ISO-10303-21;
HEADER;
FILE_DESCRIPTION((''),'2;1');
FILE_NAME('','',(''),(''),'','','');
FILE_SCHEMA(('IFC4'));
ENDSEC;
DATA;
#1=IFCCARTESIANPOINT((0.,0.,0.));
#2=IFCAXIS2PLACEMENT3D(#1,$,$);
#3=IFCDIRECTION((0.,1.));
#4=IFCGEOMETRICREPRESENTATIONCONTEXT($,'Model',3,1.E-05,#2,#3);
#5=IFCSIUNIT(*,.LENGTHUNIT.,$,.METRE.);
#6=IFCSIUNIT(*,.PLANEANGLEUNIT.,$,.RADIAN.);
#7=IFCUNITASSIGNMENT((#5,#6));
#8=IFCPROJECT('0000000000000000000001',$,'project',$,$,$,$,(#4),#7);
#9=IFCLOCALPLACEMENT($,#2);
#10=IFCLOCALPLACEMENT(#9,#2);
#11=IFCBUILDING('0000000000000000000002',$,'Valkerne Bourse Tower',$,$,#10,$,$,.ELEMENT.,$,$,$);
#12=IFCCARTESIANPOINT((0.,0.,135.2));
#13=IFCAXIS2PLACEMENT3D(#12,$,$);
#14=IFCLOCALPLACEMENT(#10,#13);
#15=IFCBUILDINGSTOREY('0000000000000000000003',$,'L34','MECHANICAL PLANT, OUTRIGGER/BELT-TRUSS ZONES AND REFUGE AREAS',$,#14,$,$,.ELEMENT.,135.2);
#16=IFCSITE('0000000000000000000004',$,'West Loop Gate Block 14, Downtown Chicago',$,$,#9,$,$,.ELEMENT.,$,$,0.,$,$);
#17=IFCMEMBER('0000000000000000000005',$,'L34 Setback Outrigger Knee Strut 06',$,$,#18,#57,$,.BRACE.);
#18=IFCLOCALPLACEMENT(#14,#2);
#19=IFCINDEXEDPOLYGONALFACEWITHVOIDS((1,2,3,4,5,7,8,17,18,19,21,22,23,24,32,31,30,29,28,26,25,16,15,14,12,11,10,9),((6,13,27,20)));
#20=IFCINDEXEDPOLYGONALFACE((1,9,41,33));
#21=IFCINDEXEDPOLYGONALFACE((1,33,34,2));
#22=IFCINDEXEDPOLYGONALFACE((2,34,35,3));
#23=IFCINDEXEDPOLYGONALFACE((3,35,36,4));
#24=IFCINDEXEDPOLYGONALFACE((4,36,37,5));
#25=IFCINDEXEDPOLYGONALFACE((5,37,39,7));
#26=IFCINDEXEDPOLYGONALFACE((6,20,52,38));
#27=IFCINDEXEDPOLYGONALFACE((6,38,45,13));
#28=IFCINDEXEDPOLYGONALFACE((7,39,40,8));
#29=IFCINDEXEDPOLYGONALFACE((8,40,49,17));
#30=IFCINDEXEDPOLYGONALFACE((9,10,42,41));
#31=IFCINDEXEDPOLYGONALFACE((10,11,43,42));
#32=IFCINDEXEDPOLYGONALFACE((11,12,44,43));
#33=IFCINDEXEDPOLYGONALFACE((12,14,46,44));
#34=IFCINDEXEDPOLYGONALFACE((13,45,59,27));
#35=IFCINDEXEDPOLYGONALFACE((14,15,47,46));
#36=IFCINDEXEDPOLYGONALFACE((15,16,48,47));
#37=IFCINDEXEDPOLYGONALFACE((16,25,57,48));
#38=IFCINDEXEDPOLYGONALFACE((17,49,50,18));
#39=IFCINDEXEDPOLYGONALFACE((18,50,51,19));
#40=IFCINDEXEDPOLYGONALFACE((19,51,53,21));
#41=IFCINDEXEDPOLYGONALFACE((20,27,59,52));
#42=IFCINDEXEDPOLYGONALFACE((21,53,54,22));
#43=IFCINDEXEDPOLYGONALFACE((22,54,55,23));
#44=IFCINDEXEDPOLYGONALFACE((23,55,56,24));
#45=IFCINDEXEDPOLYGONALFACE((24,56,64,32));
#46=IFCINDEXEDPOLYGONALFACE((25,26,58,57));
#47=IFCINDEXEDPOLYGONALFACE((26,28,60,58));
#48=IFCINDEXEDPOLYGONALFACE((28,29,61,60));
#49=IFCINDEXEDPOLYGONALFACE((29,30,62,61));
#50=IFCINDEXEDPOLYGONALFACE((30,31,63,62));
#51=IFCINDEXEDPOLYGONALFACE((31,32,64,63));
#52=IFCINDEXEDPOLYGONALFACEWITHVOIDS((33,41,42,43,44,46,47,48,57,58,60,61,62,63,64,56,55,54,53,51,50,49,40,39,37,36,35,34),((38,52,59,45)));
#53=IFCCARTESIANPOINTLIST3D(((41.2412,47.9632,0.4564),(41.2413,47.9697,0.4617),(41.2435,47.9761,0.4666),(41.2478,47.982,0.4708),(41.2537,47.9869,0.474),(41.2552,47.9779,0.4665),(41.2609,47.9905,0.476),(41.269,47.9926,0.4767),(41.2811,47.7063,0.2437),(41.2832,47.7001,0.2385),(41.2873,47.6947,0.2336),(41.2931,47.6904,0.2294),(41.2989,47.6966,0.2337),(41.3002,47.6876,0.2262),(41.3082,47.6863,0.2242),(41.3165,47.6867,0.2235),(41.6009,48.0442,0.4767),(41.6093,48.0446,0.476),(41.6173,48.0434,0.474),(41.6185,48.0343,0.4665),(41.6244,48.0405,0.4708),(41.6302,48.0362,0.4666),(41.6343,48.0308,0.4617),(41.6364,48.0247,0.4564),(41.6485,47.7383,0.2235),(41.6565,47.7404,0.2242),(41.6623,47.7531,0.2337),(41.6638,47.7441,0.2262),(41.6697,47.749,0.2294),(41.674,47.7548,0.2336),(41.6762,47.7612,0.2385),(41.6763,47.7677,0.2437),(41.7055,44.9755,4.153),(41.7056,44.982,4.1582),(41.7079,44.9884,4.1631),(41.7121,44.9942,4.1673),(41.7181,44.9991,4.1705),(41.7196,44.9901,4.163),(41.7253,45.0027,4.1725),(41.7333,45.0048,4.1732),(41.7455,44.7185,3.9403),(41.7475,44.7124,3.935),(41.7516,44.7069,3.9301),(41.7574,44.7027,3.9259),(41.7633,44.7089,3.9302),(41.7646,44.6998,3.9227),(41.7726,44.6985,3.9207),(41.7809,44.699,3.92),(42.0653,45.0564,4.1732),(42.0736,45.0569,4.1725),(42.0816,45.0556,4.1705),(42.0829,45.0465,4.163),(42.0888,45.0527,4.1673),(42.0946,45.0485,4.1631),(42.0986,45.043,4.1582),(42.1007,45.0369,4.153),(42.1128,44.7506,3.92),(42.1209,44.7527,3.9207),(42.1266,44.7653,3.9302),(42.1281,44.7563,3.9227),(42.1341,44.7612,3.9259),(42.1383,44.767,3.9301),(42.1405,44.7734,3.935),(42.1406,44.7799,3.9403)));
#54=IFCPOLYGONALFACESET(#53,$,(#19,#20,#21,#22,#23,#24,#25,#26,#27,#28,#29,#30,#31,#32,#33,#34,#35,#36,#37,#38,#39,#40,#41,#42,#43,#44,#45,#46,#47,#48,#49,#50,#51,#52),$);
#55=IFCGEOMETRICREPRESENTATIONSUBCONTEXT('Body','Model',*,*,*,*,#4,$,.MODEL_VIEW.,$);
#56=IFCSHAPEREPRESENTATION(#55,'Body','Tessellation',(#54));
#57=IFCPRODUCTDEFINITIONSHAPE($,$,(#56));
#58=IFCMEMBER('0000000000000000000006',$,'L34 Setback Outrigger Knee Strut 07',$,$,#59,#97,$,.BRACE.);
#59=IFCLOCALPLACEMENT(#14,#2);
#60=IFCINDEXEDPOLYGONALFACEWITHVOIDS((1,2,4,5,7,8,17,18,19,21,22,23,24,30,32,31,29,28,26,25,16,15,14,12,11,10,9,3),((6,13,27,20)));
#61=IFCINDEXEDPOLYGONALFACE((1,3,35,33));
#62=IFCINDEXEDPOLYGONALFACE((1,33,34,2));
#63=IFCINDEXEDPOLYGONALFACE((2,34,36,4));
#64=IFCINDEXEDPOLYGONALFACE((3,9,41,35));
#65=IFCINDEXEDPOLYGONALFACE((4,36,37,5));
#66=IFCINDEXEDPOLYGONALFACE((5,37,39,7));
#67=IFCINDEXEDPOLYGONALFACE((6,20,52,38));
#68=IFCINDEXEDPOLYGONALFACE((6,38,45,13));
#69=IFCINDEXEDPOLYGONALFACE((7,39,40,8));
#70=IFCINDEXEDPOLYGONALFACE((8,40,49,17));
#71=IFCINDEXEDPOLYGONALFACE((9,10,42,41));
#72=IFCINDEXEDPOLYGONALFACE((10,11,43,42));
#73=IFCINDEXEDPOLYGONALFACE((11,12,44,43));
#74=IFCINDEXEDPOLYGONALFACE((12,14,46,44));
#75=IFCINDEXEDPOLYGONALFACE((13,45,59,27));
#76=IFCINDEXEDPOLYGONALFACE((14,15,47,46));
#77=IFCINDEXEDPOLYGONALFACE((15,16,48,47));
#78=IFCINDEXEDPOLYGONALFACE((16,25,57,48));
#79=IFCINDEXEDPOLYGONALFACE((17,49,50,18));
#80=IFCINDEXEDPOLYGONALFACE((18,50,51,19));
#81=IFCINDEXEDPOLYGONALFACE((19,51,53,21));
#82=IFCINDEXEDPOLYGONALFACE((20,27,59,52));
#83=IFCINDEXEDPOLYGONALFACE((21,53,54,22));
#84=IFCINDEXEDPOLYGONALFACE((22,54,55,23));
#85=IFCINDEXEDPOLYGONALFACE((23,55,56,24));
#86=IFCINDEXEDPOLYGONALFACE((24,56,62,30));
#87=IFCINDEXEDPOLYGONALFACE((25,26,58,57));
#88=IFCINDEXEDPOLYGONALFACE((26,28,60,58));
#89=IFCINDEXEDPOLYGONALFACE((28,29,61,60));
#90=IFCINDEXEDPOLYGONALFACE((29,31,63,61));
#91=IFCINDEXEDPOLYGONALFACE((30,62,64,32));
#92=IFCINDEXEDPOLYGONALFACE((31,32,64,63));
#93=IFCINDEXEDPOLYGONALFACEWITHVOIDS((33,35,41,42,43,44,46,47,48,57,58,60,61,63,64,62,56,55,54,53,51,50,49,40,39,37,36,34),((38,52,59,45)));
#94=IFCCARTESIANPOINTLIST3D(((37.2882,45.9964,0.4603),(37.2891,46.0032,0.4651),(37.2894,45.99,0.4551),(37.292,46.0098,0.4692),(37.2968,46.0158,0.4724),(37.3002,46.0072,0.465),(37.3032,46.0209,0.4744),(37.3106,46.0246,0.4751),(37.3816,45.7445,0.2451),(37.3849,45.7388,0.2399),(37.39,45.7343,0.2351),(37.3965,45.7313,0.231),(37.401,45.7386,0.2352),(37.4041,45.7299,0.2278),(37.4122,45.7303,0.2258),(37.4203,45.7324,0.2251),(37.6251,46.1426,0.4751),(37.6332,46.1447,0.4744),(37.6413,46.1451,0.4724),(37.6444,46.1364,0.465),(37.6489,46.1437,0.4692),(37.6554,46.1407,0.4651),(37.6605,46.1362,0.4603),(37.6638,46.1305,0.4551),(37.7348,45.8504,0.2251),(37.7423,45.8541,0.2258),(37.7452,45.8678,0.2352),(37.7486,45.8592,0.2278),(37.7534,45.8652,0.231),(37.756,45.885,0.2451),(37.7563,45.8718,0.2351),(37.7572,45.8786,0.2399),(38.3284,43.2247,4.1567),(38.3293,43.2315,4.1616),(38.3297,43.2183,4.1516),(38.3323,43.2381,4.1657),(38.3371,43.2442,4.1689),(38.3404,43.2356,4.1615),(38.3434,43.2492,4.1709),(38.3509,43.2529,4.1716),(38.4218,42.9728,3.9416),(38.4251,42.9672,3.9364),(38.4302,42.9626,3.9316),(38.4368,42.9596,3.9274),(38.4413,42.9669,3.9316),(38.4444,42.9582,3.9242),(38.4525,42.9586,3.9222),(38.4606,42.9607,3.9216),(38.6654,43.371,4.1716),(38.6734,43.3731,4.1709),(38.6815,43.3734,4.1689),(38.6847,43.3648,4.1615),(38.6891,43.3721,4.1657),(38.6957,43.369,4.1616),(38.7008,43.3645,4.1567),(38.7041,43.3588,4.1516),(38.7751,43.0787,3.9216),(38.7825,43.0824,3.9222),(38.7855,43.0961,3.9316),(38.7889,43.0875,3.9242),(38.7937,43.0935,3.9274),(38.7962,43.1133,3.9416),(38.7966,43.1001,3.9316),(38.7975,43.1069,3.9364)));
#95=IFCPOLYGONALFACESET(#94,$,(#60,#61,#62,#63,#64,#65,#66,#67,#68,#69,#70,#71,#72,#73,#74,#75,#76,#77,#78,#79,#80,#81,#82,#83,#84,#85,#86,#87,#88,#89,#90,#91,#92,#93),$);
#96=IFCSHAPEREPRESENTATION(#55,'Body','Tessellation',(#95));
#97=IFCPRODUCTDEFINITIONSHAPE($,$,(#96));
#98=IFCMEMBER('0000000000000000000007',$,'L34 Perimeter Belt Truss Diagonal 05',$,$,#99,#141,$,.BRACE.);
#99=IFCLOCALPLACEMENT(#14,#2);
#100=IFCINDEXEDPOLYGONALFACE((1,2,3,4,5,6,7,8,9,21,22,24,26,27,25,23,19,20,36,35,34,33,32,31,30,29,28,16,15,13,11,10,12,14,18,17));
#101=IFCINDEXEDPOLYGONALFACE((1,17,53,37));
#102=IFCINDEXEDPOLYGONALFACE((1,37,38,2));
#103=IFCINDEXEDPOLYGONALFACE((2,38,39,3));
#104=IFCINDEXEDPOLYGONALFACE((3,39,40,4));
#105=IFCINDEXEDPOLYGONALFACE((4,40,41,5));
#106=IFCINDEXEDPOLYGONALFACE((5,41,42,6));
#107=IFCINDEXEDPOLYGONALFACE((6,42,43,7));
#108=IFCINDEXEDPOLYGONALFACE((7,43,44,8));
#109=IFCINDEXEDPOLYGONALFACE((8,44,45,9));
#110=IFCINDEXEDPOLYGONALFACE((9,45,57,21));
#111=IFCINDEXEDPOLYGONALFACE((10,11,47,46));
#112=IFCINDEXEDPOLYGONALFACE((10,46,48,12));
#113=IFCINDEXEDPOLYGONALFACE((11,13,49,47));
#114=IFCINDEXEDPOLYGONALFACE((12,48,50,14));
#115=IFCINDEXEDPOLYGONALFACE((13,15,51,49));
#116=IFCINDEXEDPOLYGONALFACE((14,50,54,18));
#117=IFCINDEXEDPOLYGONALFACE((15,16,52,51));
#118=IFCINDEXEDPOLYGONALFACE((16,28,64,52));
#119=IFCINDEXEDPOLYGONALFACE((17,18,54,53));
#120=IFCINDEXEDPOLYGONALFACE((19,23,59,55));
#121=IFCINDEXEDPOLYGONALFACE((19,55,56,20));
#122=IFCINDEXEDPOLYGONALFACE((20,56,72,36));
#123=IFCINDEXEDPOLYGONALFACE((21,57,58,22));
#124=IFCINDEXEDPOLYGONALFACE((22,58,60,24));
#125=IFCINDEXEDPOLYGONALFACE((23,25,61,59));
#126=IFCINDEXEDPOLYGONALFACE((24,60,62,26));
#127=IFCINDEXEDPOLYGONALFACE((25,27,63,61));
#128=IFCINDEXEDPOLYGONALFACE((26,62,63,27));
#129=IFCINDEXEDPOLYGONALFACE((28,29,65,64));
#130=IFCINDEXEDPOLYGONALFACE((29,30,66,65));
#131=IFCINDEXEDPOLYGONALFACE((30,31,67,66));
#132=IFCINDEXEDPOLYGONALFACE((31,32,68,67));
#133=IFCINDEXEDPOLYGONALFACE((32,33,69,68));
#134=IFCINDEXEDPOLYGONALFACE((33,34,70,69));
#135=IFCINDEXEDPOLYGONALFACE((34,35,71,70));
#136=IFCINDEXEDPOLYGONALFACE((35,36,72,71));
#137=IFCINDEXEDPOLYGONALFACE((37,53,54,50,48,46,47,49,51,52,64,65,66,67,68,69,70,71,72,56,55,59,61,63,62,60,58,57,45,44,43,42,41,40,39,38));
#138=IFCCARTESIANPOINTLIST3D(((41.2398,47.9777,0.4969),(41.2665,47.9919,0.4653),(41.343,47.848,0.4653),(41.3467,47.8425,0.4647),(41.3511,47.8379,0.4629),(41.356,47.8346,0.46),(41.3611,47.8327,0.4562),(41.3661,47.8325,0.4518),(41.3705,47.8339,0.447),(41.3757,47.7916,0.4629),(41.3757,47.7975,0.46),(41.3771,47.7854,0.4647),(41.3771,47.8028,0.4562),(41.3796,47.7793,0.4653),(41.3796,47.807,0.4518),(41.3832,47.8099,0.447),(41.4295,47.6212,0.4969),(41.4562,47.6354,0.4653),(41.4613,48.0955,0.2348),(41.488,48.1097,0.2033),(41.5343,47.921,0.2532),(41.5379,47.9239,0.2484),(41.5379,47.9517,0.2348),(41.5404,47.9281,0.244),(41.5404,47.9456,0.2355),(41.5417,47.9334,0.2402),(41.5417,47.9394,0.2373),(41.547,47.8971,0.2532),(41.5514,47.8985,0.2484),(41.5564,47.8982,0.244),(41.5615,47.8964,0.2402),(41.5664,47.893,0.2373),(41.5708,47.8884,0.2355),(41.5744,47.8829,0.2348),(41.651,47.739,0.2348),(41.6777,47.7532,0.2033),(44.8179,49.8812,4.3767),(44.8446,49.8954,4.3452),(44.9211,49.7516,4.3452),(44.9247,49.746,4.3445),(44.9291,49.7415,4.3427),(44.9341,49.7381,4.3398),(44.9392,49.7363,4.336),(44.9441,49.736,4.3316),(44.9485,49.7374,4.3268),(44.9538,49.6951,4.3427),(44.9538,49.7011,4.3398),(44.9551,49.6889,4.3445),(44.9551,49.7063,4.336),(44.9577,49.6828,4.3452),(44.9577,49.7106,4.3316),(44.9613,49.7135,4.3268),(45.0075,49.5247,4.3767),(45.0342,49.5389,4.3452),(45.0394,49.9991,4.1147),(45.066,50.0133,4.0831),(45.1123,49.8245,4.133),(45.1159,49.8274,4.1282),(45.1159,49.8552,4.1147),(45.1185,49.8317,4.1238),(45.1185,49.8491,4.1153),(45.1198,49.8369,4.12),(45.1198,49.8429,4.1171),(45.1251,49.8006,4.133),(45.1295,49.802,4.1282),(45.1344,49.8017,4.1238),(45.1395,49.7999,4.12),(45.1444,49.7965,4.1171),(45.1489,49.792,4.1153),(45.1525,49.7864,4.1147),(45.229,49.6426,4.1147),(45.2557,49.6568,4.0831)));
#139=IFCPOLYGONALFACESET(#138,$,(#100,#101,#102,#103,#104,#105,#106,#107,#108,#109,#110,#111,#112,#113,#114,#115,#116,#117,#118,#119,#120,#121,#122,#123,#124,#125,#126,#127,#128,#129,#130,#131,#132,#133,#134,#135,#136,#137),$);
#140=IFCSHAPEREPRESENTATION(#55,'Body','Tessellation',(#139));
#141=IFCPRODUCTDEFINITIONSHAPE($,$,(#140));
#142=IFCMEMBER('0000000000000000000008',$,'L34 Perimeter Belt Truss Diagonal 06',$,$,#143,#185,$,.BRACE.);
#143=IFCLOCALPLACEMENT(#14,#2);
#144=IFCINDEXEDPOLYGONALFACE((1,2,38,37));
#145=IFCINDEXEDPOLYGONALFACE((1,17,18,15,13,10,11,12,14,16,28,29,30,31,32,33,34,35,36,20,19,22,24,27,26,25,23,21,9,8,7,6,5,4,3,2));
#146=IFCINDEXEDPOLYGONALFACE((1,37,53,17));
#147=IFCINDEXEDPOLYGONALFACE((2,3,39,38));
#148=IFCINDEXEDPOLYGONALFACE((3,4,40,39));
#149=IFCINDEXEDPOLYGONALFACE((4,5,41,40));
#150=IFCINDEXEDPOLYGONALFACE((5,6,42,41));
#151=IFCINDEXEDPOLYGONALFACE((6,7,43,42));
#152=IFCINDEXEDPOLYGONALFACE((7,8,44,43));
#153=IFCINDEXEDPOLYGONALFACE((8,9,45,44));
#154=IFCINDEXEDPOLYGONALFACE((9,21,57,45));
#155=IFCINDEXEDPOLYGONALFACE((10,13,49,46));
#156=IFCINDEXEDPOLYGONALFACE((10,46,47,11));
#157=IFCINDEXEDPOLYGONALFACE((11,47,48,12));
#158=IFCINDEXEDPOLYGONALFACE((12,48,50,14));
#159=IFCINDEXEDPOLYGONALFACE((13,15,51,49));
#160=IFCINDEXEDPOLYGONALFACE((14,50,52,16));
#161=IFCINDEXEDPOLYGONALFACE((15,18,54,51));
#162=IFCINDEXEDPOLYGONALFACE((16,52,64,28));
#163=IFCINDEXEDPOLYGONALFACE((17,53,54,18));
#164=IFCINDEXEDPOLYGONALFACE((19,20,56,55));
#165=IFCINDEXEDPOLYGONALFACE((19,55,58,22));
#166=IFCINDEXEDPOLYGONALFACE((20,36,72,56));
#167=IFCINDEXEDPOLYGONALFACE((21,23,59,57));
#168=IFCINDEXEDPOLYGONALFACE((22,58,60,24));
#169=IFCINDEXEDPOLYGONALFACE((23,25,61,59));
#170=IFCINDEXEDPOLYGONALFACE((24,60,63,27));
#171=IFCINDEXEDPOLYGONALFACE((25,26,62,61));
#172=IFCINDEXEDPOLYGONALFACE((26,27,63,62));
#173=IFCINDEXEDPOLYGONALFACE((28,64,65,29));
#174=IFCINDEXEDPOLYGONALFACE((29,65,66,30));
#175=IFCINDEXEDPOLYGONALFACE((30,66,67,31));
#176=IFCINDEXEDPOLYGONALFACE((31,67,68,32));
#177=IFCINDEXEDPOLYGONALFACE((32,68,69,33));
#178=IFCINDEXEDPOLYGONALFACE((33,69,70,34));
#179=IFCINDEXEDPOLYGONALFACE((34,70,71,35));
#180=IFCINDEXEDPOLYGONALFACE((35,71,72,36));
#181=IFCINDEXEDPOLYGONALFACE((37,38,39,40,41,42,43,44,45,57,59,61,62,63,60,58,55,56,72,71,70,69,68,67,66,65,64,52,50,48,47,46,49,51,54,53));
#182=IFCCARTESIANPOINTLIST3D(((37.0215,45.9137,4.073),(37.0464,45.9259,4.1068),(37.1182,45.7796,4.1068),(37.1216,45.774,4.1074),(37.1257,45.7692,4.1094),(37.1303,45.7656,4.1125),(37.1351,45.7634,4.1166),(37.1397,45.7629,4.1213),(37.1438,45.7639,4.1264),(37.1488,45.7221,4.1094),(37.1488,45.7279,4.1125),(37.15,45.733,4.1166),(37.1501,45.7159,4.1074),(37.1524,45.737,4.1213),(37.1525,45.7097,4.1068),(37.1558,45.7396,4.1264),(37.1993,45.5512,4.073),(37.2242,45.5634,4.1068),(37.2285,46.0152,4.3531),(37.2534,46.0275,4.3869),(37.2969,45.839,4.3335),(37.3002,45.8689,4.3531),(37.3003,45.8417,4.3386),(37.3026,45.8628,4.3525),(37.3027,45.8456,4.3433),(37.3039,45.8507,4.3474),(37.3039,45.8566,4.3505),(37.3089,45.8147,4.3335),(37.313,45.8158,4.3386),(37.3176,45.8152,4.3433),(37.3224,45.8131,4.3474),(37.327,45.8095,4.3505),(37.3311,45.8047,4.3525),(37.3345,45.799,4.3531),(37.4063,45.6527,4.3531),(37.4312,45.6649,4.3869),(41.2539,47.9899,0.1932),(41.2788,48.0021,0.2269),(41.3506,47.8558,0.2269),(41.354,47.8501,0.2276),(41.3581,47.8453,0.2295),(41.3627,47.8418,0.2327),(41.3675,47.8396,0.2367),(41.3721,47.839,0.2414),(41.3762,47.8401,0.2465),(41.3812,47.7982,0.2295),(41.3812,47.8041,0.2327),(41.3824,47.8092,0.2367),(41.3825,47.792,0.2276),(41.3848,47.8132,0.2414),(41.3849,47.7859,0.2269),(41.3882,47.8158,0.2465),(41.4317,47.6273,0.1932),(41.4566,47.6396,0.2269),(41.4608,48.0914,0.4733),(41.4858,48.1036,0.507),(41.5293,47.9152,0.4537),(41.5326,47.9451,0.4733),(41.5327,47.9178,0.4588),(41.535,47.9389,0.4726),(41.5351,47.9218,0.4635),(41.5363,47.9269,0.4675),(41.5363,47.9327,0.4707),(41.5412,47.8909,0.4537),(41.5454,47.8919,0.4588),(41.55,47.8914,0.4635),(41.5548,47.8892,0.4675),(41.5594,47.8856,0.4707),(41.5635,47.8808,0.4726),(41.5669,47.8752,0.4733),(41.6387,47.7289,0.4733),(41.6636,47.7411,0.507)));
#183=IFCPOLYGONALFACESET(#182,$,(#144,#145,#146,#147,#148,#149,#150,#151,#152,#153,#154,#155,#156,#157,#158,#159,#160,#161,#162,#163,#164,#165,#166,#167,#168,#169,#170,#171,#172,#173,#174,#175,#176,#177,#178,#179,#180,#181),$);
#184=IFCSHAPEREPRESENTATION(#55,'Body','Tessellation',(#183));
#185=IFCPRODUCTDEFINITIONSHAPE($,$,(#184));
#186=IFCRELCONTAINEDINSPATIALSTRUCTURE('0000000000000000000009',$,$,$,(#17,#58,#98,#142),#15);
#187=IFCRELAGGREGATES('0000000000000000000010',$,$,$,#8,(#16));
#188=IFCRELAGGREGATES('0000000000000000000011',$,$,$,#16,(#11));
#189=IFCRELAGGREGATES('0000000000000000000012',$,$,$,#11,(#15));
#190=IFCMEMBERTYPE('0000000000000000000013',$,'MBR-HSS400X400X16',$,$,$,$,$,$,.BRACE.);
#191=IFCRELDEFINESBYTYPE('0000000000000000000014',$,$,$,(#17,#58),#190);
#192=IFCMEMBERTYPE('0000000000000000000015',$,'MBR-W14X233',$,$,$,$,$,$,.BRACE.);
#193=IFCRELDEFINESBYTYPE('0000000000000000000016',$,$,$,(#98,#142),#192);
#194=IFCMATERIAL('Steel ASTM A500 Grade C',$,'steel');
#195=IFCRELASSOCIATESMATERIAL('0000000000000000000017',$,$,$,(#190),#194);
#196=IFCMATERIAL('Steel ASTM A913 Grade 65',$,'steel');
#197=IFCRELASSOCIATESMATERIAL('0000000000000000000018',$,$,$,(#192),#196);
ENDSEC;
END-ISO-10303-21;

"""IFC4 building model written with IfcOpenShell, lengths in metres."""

from ifc_helpers import new_model, si_unit, direction, frame, origin, origin_2d, place, context, subcontext, project, spatial, hollow_rectangle, i_section, extrude, material, material_profile, profile_set, type_object, element, save


model = new_model("IFC4")

# Units and contexts
model_context = context("Model", 3, precision=1e-05, world=origin(), true_north=direction((0.0, 1.0)))
body_context = subcontext(model_context, "Body", "Model", "MODEL_VIEW")
ifc_project = project(units=[si_unit("LENGTHUNIT", "METRE"), si_unit("PLANEANGLEUNIT", "RADIAN")], contexts=[model_context])

# Site, building, storey
site_placement = place(None, origin())
site = spatial("IfcSite", under=ifc_project, at=site_placement, Name="West Loop Gate Block 14, Downtown Chicago", CompositionType="ELEMENT", RefElevation=0.0)
building_placement = place(site_placement, origin())
building = spatial("IfcBuilding", under=site, at=building_placement, Name="Valkerne Bourse Tower", CompositionType="ELEMENT")
storey_placement = place(building_placement, frame((0.0, 0.0, 135.2)))
storey = spatial("IfcBuildingStorey", under=building, at=storey_placement, Name="L34", Description="MECHANICAL PLANT, OUTRIGGER/BELT-TRUSS ZONES AND REFUGE AREAS", CompositionType="ELEMENT", Elevation=135.2)

# Shared definitions
ifc_material_1 = material(Name="Steel ASTM A913 Grade 65", Category="steel")

# Members
ifc_material_2 = material(Name="Steel ASTM A500 Grade C", Category="steel")
ifc_material_profile_1 = material_profile(ifc_material_2, hollow_rectangle(XDim=0.3999, YDim=0.3999, WallThickness=0.0161, OuterFilletRadius=0.032, at=origin_2d()), Name="HSS400X400X16")
ifc_profile_set_1 = profile_set([ifc_material_profile_1], Name="Steel ASTM A500 Grade C")
member_type_1 = type_object("IfcMemberType", Name="MBR-HSS400X400X16", PredefinedType="BRACE", material=ifc_profile_set_1)
member_1_placement = place(storey_placement, frame((41.4587, 47.8655, 0.3501), z_axis=(0.097234, -0.62563, 0.774037), x_axis=(0.988137, 0.153574, 0.0)))
element("IfcMember", 1, at=member_1_placement, inside=storey, type_object=member_type_1, Name="L34 Setback Outrigger Knee Strut 06", PredefinedType="BRACE", context=body_context, shape_type="SweptSolid", body=[
    extrude(hollow_rectangle(XDim=0.3999, YDim=0.3999, WallThickness=0.0161, OuterFilletRadius=0.032, at=origin_2d()), origin(), (0.0, 0.0, 1.0), 4.7756),
])
member_2_placement = place(storey_placement, frame((37.5227, 45.9375, 0.3501), z_axis=(0.219658, -0.585255, 0.78053), x_axis=(0.936231, 0.351386, 0.0)))
element("IfcMember", 2, at=member_2_placement, inside=storey, type_object=member_type_1, Name="L34 Setback Outrigger Knee Strut 07", PredefinedType="BRACE", context=body_context, shape_type="SweptSolid", body=[
    extrude(hollow_rectangle(XDim=0.3999, YDim=0.3999, WallThickness=0.0161, OuterFilletRadius=0.032, at=origin_2d()), origin(), (0.0, 0.0, 1.0), 4.7358),
])
ifc_material_profile_2 = material_profile(ifc_material_1, i_section(OverallWidth=0.4038, OverallDepth=0.4065, WebThickness=0.0271, FlangeThickness=0.0437, FilletRadius=0.0254, at=origin_2d()), Name="W14X233")
ifc_profile_set_2 = profile_set([ifc_material_profile_2], Name="Steel ASTM A913 Grade 65")
member_type_2 = type_object("IfcMemberType", Name="MBR-W14X233", PredefinedType="BRACE", material=ifc_profile_set_2)
member_3_placement = place(storey_placement, frame((41.4587, 47.8655, 0.3501), z_axis=(0.637732, 0.339274, 0.691514), x_axis=(-0.469672, 0.882841, 0.0)))
element("IfcMember", 3, at=member_3_placement, inside=storey, type_object=member_type_2, Name="L34 Perimeter Belt Truss Diagonal 05", PredefinedType="BRACE", context=body_context, shape_type="SweptSolid", body=[
    extrude(i_section(OverallWidth=0.4038, OverallDepth=0.4065, WebThickness=0.0271, FlangeThickness=0.0437, FilletRadius=0.0254, at=origin_2d()), origin(), (0.0, 0.0, 1.0), 5.6106),
])
member_4_placement = place(storey_placement, frame((41.4587, 47.8655, 0.3501), z_axis=(-0.693212, -0.340048, 0.635471), x_axis=(0.440406, -0.897799, 0.0)))
element("IfcMember", 4, at=member_4_placement, inside=storey, type_object=member_type_2, Name="L34 Perimeter Belt Truss Diagonal 06", PredefinedType="BRACE", context=body_context, shape_type="SweptSolid", body=[
    extrude(i_section(OverallWidth=0.4038, OverallDepth=0.4065, WebThickness=0.0271, FlangeThickness=0.0437, FilletRadius=0.0254, at=origin_2d()), origin(), (0.0, 0.0, 1.0), 6.1055),
])

save(model, "model.ifc")
